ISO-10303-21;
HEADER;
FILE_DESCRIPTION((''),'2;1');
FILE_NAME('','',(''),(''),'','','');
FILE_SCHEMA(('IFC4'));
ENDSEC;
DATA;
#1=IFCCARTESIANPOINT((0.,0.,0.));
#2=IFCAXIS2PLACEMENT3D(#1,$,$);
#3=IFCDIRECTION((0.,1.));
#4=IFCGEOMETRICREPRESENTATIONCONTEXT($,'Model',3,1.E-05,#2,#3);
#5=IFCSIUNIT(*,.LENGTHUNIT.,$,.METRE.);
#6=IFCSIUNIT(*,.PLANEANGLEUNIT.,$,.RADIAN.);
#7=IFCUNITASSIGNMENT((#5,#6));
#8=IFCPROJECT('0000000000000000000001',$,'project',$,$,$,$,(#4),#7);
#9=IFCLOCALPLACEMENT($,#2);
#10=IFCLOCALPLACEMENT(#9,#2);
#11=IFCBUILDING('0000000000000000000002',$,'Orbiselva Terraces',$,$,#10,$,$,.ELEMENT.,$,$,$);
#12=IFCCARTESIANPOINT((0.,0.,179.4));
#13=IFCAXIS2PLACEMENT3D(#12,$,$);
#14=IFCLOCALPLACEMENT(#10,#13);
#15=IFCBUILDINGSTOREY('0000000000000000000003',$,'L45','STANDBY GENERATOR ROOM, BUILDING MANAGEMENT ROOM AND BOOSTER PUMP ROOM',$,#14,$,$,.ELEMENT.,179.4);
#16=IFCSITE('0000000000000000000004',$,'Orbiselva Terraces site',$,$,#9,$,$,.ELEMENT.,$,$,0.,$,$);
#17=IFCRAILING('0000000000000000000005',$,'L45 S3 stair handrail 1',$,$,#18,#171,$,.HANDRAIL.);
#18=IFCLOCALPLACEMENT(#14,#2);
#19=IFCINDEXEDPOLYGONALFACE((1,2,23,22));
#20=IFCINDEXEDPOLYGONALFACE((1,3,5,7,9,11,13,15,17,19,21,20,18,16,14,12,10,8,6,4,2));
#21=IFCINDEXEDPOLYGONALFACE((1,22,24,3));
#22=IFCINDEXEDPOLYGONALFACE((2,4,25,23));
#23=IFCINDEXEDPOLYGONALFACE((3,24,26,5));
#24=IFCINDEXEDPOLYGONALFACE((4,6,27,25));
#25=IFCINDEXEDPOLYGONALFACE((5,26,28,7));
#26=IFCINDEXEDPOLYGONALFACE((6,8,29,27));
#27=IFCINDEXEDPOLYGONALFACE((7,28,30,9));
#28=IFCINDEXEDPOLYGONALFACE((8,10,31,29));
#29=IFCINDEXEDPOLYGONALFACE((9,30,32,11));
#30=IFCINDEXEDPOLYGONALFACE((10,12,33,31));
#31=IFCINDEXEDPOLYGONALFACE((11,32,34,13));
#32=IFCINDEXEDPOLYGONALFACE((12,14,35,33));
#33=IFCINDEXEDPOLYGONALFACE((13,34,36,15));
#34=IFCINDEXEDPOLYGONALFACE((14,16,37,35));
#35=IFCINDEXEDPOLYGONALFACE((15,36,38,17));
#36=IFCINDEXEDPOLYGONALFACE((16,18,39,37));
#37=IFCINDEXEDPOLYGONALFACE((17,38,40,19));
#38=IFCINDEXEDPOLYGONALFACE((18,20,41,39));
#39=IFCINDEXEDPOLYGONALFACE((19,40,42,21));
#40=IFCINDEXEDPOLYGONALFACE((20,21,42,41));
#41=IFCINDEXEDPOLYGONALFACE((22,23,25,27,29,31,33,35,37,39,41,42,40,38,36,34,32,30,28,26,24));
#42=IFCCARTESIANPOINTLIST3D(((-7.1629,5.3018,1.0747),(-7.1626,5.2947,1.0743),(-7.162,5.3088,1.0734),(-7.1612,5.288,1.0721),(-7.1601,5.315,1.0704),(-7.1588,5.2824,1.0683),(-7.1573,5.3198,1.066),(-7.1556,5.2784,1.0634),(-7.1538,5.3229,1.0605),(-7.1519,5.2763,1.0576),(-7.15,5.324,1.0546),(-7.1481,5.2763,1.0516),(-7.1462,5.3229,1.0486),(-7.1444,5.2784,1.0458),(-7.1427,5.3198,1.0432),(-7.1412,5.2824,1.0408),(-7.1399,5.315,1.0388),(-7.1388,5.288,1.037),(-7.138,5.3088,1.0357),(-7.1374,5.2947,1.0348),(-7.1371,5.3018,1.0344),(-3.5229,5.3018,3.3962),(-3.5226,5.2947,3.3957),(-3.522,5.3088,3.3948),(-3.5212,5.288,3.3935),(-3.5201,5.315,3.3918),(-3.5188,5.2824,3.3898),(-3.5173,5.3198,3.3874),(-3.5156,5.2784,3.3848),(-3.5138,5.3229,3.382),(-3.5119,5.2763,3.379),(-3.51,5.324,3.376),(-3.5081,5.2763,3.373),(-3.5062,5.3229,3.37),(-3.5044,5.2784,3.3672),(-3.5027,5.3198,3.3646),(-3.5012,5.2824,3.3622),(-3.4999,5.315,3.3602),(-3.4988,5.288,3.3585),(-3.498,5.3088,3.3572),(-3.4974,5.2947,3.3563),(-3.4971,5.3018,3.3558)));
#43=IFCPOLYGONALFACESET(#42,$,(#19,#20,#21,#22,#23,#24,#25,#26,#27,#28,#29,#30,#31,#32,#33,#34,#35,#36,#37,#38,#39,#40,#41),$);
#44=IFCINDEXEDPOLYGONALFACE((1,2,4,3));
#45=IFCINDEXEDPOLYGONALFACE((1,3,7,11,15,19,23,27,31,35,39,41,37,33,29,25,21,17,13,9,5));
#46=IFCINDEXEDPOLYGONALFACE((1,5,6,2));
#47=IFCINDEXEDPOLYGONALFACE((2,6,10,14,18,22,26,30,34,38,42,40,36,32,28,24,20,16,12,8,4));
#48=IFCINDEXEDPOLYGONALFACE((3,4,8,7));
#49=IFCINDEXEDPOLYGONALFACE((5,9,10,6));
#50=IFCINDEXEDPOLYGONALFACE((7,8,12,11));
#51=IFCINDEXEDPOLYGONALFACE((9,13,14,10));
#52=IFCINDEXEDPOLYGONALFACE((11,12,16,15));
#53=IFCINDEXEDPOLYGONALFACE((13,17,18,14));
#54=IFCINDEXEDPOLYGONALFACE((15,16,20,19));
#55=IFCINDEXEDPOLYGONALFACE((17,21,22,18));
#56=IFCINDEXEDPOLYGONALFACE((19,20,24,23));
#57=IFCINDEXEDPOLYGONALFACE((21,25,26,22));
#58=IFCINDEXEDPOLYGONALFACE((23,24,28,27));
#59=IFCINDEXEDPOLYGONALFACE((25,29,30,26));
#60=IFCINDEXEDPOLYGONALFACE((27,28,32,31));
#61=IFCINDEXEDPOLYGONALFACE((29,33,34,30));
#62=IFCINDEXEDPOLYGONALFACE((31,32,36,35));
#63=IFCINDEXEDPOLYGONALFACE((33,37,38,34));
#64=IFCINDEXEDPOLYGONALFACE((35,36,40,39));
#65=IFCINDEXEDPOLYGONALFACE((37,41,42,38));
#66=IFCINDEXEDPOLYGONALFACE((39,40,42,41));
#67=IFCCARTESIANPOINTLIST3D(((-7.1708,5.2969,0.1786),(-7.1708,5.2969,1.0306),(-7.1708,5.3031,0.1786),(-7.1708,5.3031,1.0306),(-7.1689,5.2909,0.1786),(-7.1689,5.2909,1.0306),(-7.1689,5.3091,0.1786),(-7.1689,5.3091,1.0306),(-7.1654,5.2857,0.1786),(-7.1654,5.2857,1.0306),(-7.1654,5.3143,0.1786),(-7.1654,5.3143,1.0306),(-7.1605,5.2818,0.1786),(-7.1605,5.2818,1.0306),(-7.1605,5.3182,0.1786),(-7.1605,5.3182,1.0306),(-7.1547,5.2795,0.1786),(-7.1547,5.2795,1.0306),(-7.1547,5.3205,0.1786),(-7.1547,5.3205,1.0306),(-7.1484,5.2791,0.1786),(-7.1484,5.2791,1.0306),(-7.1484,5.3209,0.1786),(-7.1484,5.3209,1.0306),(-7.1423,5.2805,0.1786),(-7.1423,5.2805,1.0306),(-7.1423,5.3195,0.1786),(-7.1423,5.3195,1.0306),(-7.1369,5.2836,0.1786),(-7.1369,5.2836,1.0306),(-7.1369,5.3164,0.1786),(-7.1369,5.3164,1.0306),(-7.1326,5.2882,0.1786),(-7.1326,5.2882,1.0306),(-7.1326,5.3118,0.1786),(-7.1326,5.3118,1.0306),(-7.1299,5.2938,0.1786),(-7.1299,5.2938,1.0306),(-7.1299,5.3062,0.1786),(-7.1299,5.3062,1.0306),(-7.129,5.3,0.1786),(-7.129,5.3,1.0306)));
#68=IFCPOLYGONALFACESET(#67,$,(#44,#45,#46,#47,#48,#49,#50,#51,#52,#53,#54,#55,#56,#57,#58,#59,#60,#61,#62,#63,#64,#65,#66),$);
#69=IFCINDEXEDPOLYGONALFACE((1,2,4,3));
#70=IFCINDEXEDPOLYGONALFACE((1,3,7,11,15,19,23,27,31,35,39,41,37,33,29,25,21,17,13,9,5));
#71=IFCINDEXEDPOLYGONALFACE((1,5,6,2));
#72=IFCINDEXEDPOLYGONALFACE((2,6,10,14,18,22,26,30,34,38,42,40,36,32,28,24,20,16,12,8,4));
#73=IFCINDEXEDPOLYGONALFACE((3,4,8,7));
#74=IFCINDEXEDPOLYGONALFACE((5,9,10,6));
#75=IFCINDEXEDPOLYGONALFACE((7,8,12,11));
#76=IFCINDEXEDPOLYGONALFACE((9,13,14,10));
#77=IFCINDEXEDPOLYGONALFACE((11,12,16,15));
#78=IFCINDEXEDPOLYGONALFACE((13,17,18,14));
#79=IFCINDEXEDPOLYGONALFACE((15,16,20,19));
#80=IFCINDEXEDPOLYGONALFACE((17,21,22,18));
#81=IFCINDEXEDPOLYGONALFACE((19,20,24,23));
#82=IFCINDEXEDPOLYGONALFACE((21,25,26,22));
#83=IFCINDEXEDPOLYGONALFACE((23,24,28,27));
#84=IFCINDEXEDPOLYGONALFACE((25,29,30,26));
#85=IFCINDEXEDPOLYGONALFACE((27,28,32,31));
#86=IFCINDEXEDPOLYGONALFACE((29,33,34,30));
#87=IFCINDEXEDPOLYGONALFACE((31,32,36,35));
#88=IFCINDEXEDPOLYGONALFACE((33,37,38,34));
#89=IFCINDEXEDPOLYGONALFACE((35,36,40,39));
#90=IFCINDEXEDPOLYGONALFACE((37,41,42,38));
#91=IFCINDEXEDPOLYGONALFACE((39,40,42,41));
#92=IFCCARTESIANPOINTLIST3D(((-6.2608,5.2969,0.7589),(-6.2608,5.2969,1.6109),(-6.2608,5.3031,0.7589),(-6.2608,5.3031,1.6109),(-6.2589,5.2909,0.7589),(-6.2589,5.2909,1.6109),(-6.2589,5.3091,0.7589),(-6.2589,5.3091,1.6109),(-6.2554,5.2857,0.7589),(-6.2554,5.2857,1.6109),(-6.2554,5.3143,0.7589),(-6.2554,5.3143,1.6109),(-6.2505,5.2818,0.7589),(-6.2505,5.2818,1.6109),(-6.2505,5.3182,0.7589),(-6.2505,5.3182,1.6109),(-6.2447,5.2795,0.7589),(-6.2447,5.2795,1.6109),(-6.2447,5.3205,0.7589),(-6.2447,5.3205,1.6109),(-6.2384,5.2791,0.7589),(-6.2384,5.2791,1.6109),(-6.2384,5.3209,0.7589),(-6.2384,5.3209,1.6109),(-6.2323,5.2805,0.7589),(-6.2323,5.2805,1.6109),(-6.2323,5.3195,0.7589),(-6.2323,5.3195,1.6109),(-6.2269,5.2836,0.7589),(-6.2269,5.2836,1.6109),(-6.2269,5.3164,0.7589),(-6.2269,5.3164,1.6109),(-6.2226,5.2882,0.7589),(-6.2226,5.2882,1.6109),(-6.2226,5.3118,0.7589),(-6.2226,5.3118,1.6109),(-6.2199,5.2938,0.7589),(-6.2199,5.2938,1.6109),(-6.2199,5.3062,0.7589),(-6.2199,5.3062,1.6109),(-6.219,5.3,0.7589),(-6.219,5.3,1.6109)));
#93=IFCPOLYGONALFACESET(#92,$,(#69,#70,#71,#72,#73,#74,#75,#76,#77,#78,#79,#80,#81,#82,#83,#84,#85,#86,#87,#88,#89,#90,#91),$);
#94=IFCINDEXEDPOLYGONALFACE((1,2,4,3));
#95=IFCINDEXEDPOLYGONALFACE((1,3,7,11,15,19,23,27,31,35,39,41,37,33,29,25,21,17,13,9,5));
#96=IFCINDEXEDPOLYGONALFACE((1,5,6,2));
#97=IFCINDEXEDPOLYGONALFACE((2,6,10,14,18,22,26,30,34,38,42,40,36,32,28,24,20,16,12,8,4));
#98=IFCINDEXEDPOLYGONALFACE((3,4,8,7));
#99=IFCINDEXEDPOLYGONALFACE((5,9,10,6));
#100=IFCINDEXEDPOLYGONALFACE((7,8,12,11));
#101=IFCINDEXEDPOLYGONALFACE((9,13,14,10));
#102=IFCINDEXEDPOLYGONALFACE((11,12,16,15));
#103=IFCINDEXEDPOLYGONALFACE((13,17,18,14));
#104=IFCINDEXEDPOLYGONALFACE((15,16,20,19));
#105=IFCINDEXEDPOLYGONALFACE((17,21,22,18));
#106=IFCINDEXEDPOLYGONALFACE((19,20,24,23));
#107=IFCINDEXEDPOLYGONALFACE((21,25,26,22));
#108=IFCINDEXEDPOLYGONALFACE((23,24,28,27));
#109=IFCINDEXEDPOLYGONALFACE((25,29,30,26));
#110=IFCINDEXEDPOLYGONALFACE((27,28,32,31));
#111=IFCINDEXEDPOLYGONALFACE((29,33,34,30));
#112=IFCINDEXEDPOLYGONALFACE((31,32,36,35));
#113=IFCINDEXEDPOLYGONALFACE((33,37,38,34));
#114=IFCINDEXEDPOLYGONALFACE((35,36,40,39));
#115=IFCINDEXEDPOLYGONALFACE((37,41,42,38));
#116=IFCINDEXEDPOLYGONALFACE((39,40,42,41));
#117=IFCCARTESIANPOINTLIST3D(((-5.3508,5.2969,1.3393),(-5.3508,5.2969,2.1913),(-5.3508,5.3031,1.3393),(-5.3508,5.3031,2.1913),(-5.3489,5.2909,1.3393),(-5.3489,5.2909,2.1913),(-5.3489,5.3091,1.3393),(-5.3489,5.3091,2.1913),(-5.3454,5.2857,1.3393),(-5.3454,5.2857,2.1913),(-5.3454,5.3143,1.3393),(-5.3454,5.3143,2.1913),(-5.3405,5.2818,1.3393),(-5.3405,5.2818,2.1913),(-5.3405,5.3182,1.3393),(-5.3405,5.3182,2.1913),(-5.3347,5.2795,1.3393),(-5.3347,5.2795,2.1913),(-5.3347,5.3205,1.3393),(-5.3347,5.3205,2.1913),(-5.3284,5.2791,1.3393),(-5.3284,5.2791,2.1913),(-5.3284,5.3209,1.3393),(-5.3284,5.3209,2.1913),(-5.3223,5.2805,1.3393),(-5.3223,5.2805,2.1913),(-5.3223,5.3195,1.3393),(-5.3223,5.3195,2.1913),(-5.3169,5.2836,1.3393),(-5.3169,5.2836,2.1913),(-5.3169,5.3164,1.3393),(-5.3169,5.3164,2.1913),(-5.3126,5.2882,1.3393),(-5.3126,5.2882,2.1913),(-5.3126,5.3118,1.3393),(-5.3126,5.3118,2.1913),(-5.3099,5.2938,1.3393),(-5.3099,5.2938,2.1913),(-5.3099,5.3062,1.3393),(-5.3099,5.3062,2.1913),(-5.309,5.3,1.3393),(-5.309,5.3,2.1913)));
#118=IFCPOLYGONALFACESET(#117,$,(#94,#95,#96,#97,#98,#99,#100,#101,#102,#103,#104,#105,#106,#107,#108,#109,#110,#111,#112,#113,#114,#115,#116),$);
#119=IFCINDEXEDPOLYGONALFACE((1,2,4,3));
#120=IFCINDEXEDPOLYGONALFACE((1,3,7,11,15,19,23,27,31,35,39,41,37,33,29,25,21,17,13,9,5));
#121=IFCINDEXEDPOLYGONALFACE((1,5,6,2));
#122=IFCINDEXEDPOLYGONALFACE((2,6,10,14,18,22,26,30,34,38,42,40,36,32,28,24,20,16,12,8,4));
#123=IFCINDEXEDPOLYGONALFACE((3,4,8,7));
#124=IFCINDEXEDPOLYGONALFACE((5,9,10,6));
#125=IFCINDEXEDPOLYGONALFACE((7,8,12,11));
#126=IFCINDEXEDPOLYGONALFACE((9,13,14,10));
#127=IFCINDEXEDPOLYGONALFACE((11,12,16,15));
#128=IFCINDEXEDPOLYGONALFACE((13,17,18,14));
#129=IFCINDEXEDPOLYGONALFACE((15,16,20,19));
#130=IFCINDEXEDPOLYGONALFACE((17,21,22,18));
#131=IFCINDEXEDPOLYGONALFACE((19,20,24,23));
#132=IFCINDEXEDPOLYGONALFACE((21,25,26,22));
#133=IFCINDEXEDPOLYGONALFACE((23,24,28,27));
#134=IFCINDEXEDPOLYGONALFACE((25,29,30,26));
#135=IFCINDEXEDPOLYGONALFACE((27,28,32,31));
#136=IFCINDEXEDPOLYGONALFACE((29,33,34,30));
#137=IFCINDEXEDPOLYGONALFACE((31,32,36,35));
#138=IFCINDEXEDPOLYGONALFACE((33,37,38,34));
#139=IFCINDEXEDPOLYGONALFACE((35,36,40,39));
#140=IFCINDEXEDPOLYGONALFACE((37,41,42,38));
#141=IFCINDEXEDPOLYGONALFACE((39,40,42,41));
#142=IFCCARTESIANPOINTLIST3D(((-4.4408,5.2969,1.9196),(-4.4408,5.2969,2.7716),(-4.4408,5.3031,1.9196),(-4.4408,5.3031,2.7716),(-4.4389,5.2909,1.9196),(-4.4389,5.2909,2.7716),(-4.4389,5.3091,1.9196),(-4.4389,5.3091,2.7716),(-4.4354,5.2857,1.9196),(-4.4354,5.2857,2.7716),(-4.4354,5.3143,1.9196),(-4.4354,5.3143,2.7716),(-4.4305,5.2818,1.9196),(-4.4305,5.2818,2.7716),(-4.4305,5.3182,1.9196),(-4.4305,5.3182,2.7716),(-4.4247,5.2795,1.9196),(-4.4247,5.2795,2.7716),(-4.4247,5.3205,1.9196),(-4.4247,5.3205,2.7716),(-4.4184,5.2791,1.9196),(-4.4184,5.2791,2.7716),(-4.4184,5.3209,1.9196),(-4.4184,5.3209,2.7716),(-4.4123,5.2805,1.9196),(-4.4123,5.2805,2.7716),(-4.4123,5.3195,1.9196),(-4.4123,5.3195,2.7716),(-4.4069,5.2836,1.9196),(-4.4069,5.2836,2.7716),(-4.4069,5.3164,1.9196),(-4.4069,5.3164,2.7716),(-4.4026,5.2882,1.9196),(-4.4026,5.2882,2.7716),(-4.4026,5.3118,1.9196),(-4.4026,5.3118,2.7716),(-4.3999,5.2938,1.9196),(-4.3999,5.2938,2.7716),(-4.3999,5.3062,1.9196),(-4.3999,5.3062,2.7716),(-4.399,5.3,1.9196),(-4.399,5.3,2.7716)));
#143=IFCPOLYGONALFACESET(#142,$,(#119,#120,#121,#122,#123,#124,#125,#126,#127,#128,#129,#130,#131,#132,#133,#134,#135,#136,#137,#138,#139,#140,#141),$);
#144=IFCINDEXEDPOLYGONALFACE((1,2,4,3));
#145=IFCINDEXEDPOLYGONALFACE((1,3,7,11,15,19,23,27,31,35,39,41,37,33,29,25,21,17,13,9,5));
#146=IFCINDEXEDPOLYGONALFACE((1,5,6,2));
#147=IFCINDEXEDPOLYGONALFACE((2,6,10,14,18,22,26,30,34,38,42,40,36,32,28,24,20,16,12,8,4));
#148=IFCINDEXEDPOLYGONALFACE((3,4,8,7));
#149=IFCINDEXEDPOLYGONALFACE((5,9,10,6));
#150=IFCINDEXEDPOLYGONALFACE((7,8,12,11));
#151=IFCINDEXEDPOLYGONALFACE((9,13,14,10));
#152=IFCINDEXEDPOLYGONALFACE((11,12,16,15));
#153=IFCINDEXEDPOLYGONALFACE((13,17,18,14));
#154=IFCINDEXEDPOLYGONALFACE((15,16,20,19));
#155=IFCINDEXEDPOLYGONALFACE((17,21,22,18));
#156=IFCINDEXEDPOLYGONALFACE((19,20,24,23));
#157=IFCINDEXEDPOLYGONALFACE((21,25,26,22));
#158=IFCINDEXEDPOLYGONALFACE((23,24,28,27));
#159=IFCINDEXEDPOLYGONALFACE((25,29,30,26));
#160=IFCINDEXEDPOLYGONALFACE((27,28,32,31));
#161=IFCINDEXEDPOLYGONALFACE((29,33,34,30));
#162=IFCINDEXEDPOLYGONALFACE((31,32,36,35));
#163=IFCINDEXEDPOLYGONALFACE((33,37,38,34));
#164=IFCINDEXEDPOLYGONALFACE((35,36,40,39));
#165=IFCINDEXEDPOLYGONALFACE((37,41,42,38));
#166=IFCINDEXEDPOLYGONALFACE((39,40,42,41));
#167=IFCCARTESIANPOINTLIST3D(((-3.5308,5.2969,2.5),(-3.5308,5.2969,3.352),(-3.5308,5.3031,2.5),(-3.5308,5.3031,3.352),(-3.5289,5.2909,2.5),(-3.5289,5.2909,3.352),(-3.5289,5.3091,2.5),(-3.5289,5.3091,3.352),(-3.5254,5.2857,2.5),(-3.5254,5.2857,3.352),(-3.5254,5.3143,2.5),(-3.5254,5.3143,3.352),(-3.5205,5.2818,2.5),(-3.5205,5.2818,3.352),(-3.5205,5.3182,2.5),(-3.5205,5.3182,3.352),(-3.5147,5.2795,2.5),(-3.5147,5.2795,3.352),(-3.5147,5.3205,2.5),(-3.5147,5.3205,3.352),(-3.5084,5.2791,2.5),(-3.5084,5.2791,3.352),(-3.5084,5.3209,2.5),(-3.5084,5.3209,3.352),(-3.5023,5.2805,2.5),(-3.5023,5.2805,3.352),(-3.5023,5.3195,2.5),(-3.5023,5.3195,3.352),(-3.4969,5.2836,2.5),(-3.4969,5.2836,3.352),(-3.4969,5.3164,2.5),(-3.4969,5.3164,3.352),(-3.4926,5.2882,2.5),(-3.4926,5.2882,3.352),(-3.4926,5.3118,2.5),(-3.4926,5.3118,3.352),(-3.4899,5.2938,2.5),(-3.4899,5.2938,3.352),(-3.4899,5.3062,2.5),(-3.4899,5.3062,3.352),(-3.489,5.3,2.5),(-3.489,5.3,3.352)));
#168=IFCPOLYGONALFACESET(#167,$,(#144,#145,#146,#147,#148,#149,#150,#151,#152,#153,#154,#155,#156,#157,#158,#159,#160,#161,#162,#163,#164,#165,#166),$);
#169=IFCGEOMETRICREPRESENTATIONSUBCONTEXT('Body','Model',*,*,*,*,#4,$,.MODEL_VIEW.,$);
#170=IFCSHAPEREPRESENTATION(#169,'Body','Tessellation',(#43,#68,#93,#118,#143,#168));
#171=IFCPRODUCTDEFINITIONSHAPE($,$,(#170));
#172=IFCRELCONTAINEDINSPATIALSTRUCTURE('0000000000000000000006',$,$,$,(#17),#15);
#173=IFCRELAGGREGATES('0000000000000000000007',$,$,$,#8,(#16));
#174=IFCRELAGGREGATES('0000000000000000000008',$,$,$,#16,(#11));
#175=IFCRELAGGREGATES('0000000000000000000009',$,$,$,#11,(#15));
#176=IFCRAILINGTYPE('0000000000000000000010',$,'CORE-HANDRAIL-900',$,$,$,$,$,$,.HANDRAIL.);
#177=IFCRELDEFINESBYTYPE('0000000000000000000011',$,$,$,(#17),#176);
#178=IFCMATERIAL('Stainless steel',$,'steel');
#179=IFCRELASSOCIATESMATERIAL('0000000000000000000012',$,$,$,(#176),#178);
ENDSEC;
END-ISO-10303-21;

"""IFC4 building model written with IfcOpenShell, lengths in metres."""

from ifc_helpers import new_model, si_unit, direction, frame, origin, origin_2d, place, context, subcontext, project, spatial, circle, extrude, material, type_object, element, save


model = new_model("IFC4")

# Units and contexts
model_context = context("Model", 3, precision=1e-05, world=origin(), true_north=direction((0.0, 1.0)))
body_context = subcontext(model_context, "Body", "Model", "MODEL_VIEW")
ifc_project = project(units=[si_unit("LENGTHUNIT", "METRE"), si_unit("PLANEANGLEUNIT", "RADIAN")], contexts=[model_context])

# Site, building, storey
site_placement = place(None, origin())
site = spatial("IfcSite", under=ifc_project, at=site_placement, Name="Orbiselva Terraces site", CompositionType="ELEMENT", RefElevation=0.0)
building_placement = place(site_placement, origin())
building = spatial("IfcBuilding", under=site, at=building_placement, Name="Orbiselva Terraces", CompositionType="ELEMENT")
storey_placement = place(building_placement, frame((0.0, 0.0, 179.4)))
storey = spatial("IfcBuildingStorey", under=building, at=storey_placement, Name="L45", Description="STANDBY GENERATOR ROOM, BUILDING MANAGEMENT ROOM AND BOOSTER PUMP ROOM", CompositionType="ELEMENT", Elevation=179.4)

# Railing
ifc_material_1 = material(Name="Stainless steel", Category="steel")
railing_type_1 = type_object("IfcRailingType", Name="CORE-HANDRAIL-900", PredefinedType="HANDRAIL", material=ifc_material_1)
railing_1_placement = place(storey_placement, frame((-7.15, 5.3, 0.1786)))
element("IfcRailing", 1, at=railing_1_placement, inside=storey, type_object=railing_type_1, Name="L45 S3 stair handrail 1", PredefinedType="HANDRAIL", context=body_context, shape_type="SweptSolid", body=[
    extrude(circle(Radius=0.024, at=origin_2d()), frame((0.0, 0.0, 0.876), z_axis=(0.84313, 0.0, 0.53771), x_axis=(0.0, 1.0, 0.0)), (0.0, 0.0, 1.0), 4.3172),
    extrude(circle(Radius=0.021, at=origin_2d()), origin(), (0.0, 0.0, 1.0), 0.852),
    extrude(circle(Radius=0.021, at=origin_2d()), frame((0.91, 0.0, 0.5804)), (0.0, 0.0, 1.0), 0.852),
    extrude(circle(Radius=0.021, at=origin_2d()), frame((1.82, 0.0, 1.1607)), (0.0, 0.0, 1.0), 0.852),
    extrude(circle(Radius=0.021, at=origin_2d()), frame((2.73, 0.0, 1.7411)), (0.0, 0.0, 1.0), 0.852),
    extrude(circle(Radius=0.021, at=origin_2d()), frame((3.64, 0.0, 2.3214)), (0.0, 0.0, 1.0), 0.852),
])

save(model, "model.ifc")
